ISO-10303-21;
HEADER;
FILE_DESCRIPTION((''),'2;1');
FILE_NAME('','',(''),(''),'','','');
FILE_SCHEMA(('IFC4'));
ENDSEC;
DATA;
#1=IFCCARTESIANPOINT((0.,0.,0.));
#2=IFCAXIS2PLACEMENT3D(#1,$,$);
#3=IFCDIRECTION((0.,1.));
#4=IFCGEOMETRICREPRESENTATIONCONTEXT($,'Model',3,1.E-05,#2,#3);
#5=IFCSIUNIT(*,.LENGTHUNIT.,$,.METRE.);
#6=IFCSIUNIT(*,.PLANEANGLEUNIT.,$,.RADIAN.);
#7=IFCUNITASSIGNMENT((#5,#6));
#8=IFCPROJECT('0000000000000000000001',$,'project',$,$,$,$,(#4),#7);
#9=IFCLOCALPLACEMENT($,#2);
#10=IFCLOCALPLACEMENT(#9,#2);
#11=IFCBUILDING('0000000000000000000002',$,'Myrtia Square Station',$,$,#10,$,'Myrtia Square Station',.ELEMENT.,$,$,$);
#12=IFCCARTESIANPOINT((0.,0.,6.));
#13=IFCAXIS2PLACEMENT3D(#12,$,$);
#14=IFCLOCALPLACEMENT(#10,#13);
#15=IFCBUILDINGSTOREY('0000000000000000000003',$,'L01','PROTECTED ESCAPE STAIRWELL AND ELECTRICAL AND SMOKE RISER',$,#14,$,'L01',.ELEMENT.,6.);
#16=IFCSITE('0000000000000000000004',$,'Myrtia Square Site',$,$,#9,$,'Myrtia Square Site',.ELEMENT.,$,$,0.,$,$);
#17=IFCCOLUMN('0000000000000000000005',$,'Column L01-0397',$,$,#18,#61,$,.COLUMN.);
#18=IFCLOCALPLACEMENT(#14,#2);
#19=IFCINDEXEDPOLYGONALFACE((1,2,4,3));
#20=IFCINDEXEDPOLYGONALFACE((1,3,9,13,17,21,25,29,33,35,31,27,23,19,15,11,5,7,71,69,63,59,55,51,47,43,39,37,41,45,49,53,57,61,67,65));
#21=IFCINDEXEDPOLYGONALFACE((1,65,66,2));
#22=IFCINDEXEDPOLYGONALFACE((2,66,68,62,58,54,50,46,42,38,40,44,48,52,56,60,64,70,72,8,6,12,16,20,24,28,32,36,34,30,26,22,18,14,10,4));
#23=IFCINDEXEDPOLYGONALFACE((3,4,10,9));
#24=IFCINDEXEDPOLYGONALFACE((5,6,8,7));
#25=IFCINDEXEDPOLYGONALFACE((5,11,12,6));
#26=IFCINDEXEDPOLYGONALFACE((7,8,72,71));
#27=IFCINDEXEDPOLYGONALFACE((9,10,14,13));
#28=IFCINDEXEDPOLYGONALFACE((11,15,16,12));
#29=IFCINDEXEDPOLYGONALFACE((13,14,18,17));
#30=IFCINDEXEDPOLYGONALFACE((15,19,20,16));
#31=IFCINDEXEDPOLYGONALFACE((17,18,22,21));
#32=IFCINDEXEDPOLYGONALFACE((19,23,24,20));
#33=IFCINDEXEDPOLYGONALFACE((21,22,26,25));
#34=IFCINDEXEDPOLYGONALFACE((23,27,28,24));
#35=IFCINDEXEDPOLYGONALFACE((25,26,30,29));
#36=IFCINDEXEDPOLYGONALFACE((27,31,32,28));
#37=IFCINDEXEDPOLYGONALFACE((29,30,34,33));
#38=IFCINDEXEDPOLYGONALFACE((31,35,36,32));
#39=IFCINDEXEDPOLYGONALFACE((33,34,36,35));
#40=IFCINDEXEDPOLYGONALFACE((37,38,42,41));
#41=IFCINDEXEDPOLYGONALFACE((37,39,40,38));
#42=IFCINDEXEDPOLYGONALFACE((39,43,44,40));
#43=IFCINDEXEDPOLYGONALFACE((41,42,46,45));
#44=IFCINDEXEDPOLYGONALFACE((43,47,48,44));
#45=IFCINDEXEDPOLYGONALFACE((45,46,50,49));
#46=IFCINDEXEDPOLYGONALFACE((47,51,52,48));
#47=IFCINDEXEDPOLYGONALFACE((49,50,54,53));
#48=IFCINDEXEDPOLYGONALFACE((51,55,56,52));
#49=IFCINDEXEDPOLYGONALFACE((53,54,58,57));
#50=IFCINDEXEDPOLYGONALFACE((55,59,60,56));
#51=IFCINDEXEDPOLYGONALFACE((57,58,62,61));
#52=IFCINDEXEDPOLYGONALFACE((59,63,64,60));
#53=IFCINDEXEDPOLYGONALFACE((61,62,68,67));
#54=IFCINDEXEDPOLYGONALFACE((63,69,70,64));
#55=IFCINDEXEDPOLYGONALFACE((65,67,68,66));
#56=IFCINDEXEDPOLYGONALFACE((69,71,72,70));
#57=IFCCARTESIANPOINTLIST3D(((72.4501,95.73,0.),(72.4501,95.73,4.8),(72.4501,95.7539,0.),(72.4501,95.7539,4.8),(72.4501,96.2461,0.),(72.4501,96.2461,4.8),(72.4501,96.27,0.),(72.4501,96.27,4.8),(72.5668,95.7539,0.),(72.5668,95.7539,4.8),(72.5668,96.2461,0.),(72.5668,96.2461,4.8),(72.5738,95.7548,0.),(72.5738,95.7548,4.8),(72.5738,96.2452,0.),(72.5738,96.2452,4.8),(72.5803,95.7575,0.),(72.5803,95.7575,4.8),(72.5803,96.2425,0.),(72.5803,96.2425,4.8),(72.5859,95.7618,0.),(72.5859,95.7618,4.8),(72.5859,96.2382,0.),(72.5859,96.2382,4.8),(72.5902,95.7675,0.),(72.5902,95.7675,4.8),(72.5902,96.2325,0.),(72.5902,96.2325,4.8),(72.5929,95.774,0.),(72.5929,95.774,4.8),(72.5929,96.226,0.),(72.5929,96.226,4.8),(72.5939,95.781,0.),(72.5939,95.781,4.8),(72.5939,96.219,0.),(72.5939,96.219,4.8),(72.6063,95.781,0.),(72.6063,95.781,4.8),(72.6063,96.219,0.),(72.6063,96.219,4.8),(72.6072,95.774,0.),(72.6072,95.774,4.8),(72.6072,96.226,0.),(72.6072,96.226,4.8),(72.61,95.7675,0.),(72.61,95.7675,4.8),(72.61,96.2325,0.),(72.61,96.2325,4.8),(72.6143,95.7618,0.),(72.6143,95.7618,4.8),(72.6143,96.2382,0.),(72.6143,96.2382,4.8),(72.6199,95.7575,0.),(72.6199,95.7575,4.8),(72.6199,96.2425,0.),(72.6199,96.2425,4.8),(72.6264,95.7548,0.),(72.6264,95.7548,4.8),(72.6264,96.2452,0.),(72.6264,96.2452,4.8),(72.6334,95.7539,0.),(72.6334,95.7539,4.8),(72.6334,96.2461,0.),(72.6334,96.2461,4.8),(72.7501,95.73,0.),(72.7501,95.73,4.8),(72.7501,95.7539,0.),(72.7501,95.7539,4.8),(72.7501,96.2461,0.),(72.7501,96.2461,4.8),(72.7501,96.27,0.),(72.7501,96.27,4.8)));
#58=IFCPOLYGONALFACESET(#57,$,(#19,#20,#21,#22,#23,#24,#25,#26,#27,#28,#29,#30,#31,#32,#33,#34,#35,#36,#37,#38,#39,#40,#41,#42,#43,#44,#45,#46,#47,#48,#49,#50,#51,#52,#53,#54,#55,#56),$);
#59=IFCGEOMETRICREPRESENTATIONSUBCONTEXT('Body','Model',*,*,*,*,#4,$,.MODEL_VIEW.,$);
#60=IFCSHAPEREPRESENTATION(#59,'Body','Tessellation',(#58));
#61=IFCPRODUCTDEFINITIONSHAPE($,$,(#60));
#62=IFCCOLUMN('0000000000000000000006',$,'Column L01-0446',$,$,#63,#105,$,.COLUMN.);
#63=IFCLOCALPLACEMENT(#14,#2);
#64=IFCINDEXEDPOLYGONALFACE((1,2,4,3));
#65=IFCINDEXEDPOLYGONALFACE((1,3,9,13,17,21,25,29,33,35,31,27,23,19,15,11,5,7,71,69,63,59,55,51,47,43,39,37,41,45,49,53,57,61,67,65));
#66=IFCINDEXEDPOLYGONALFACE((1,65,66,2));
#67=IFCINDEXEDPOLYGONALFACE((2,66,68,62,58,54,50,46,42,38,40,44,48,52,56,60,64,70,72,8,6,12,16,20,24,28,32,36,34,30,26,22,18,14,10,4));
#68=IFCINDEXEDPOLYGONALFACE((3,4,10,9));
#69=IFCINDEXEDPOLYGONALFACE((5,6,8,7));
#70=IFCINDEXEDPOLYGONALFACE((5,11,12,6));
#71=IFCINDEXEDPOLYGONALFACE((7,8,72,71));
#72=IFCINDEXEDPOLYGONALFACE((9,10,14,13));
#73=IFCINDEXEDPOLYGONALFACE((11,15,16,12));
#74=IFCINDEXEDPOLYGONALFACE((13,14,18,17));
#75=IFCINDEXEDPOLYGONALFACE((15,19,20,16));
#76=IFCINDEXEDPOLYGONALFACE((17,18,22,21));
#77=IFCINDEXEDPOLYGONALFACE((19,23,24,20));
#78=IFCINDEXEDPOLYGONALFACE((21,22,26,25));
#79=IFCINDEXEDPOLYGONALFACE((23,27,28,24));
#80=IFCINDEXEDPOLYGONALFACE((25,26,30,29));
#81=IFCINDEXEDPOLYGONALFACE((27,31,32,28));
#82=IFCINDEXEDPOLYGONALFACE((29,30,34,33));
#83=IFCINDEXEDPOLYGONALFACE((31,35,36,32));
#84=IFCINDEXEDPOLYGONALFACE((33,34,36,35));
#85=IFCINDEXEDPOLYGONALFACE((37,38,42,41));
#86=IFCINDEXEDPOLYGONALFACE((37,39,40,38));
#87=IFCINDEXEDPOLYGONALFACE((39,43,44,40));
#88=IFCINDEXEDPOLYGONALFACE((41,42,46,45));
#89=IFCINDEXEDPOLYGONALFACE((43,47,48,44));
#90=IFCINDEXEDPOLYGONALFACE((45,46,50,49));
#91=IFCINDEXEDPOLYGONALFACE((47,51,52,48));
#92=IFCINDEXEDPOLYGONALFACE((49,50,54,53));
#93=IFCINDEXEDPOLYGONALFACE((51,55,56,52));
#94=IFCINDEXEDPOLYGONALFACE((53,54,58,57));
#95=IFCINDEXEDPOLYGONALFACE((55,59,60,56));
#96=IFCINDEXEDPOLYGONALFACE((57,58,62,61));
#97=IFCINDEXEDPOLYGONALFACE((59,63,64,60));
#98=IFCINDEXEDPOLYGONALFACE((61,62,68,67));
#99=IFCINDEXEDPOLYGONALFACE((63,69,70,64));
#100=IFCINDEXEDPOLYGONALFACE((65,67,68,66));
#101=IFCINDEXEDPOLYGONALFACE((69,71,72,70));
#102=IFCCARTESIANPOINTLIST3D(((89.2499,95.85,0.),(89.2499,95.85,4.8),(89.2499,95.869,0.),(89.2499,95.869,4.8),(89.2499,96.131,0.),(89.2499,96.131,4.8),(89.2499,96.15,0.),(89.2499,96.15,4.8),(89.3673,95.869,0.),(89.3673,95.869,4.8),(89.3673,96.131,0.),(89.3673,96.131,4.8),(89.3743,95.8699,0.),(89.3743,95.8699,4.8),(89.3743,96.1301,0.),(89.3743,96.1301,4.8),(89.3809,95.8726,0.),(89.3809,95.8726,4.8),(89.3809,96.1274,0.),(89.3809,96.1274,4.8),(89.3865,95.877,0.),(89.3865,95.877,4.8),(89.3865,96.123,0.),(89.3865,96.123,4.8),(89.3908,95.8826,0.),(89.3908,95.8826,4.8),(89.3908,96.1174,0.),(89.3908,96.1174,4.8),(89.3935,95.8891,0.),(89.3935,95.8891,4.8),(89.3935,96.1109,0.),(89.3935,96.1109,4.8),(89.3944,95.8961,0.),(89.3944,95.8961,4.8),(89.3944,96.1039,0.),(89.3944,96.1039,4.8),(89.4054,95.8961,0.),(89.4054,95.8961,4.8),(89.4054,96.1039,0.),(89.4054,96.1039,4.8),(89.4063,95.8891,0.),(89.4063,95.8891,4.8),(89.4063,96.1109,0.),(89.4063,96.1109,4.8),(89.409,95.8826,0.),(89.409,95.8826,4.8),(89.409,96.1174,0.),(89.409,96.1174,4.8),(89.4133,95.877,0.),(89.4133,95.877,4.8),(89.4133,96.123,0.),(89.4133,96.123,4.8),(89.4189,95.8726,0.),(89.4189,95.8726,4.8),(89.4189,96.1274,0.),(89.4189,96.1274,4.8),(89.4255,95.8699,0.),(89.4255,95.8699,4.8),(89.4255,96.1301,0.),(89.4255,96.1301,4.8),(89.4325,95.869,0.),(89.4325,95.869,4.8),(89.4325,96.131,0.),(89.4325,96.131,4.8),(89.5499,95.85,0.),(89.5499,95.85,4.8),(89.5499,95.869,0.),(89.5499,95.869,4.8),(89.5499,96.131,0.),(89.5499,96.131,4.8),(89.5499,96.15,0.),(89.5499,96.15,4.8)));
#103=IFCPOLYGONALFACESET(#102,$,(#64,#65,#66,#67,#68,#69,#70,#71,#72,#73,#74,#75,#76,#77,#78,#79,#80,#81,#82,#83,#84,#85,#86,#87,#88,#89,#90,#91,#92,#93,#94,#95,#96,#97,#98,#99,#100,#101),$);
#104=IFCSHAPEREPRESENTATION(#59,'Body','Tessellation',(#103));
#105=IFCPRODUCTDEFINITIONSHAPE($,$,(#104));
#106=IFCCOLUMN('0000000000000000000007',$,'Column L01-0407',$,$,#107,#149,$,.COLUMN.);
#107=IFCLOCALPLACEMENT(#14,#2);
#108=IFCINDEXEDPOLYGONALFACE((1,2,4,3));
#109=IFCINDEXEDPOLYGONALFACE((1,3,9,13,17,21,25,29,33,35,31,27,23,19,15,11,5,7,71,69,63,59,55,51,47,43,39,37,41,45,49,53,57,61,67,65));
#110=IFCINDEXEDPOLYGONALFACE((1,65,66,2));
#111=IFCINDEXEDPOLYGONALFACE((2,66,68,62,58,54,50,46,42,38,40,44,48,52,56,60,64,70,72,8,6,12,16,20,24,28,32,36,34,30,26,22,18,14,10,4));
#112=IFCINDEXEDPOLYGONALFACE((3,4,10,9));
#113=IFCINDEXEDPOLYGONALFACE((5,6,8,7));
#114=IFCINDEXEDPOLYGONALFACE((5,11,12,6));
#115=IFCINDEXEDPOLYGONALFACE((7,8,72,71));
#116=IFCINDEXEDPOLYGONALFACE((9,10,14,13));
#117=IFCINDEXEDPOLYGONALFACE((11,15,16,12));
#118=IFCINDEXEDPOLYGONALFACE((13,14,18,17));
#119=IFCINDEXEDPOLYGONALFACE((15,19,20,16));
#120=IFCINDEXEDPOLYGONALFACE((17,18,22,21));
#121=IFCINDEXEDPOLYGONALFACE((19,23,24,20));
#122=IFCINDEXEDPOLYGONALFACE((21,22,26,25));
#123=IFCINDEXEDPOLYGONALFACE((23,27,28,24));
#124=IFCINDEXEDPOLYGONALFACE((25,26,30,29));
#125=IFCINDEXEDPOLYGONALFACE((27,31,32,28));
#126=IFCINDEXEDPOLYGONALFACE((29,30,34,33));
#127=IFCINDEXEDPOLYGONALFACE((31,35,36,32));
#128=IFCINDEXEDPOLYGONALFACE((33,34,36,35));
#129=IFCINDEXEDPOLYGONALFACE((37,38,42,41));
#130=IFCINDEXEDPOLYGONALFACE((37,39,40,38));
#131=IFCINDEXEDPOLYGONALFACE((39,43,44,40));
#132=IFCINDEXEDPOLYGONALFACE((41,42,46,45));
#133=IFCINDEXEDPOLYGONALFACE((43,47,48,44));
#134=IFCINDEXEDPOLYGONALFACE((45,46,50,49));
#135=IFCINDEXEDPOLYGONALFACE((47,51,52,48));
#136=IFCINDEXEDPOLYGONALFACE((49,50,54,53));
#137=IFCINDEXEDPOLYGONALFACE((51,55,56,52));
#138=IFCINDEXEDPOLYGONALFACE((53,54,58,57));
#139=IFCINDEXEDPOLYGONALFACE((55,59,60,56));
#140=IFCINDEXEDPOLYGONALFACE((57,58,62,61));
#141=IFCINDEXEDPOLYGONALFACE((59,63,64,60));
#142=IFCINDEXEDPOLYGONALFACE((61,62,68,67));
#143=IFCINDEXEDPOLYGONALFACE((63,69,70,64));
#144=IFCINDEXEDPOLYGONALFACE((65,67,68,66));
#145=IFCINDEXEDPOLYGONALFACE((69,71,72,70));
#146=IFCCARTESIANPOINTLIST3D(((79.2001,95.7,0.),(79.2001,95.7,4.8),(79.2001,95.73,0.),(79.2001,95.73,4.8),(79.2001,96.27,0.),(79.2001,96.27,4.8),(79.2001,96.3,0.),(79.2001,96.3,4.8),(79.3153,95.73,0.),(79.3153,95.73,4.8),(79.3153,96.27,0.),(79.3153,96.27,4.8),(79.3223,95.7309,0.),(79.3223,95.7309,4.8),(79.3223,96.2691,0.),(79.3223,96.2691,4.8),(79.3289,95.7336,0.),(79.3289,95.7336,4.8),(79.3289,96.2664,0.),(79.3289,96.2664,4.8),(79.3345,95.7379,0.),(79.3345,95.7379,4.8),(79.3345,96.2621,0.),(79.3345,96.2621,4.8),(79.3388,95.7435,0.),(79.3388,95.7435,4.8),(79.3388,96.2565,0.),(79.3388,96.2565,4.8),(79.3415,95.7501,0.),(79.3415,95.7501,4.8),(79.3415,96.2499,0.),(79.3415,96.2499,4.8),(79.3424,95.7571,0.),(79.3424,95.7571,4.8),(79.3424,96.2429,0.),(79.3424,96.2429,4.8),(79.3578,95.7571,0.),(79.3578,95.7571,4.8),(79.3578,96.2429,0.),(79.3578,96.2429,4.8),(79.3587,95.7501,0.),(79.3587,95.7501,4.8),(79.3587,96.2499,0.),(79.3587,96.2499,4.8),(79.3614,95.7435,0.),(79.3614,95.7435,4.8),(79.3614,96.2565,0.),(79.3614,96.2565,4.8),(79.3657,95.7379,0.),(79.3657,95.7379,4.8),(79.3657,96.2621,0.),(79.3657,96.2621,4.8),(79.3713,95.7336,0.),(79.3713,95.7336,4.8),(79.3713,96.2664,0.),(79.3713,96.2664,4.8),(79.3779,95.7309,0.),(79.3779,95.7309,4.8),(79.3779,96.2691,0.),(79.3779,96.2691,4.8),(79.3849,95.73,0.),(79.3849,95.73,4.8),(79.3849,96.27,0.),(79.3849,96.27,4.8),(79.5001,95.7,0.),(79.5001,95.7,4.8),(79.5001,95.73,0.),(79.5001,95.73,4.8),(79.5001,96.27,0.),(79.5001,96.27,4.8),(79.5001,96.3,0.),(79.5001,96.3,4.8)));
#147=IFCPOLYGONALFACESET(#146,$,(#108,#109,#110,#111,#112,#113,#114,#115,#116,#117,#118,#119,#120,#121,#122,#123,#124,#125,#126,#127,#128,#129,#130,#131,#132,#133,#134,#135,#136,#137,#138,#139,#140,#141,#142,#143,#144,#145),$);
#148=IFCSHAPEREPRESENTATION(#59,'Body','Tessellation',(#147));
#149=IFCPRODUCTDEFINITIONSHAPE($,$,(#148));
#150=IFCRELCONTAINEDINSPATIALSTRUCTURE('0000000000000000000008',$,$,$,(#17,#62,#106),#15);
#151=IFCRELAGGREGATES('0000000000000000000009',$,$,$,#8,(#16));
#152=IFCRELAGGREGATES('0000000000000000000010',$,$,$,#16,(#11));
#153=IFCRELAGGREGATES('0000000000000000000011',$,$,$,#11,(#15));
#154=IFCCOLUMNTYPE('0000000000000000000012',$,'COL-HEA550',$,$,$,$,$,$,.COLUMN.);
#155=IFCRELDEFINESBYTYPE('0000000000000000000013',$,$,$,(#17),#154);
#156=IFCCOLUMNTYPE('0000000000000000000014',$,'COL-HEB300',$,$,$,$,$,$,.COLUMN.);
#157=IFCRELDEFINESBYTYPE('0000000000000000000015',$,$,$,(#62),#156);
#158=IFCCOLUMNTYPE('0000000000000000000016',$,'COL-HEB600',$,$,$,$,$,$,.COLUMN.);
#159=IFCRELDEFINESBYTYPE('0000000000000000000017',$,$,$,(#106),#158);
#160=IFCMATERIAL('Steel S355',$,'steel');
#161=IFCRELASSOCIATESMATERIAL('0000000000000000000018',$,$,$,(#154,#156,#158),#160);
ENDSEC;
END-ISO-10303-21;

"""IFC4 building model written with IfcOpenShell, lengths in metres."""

from ifc_helpers import new_model, si_unit, direction, frame, origin, origin_2d, place, context, subcontext, project, spatial, i_section, extrude, material, material_profile, profile_set, type_object, element, save


model = new_model("IFC4")

# Units and contexts
model_context = context("Model", 3, precision=1e-05, world=origin(), true_north=direction((0.0, 1.0)))
body_context = subcontext(model_context, "Body", "Model", "MODEL_VIEW")
ifc_project = project(units=[si_unit("LENGTHUNIT", "METRE"), si_unit("PLANEANGLEUNIT", "RADIAN")], contexts=[model_context])

# Site, building, storey
site_placement = place(None, origin())
site = spatial("IfcSite", under=ifc_project, at=site_placement, Name="Myrtia Square Site", LongName="Myrtia Square Site", CompositionType="ELEMENT", RefElevation=0.0)
building_placement = place(site_placement, origin())
building = spatial("IfcBuilding", under=site, at=building_placement, Name="Myrtia Square Station", LongName="Myrtia Square Station", CompositionType="ELEMENT")
storey_placement = place(building_placement, frame((0.0, 0.0, 6.0)))
storey = spatial("IfcBuildingStorey", under=building, at=storey_placement, Name="L01", Description="PROTECTED ESCAPE STAIRWELL AND ELECTRICAL AND SMOKE RISER", LongName="L01", CompositionType="ELEMENT", Elevation=6.0)

# Columns
ifc_material_1 = material(Name="Steel S355", Category="steel")
ifc_material_profile_1 = material_profile(ifc_material_1, i_section(OverallWidth=0.3, OverallDepth=0.54, WebThickness=0.0125, FlangeThickness=0.0239, FilletRadius=0.0271, at=origin_2d()), Name="HEA 550")
ifc_profile_set_1 = profile_set([ifc_material_profile_1], Name="Steel S355")
column_type_1 = type_object("IfcColumnType", Name="COL-HEA550", PredefinedType="COLUMN", material=ifc_profile_set_1)
column_1_placement = place(storey_placement, frame((72.6001, 96.0, 0.0), z_axis=(0.0, 0.0, 1.0), x_axis=(1.0, 0.0, 0.0)))
element("IfcColumn", 1, at=column_1_placement, inside=storey, type_object=column_type_1, Name="Column L01-0397", PredefinedType="COLUMN", context=body_context, shape_type="SweptSolid", body=[
    extrude(i_section(OverallWidth=0.3, OverallDepth=0.54, WebThickness=0.0125, FlangeThickness=0.0239, FilletRadius=0.0271, at=origin_2d()), origin(), (0.0, 0.0, 1.0), 4.8),
])
ifc_material_profile_2 = material_profile(ifc_material_1, i_section(OverallWidth=0.3, OverallDepth=0.3, WebThickness=0.011, FlangeThickness=0.019, FilletRadius=0.0271, at=origin_2d()), Name="HEB 300")
ifc_profile_set_2 = profile_set([ifc_material_profile_2], Name="Steel S355")
column_type_2 = type_object("IfcColumnType", Name="COL-HEB300", PredefinedType="COLUMN", material=ifc_profile_set_2)
column_2_placement = place(storey_placement, frame((89.3999, 96.0, 0.0), z_axis=(0.0, 0.0, 1.0), x_axis=(1.0, 0.0, 0.0)))
element("IfcColumn", 2, at=column_2_placement, inside=storey, type_object=column_type_2, Name="Column L01-0446", PredefinedType="COLUMN", context=body_context, shape_type="SweptSolid", body=[
    extrude(i_section(OverallWidth=0.3, OverallDepth=0.3, WebThickness=0.011, FlangeThickness=0.019, FilletRadius=0.0271, at=origin_2d()), origin(), (0.0, 0.0, 1.0), 4.8),
])
ifc_material_profile_3 = material_profile(ifc_material_1, i_section(OverallWidth=0.3, OverallDepth=0.6001, WebThickness=0.0154, FlangeThickness=0.03, FilletRadius=0.0271, at=origin_2d()), Name="HEB 600")
ifc_profile_set_3 = profile_set([ifc_material_profile_3], Name="Steel S355")
column_type_3 = type_object("IfcColumnType", Name="COL-HEB600", PredefinedType="COLUMN", material=ifc_profile_set_3)
column_3_placement = place(storey_placement, frame((79.3501, 96.0, 0.0), z_axis=(0.0, 0.0, 1.0), x_axis=(1.0, 0.0, 0.0)))
element("IfcColumn", 3, at=column_3_placement, inside=storey, type_object=column_type_3, Name="Column L01-0407", PredefinedType="COLUMN", context=body_context, shape_type="SweptSolid", body=[
    extrude(i_section(OverallWidth=0.3, OverallDepth=0.6001, WebThickness=0.0154, FlangeThickness=0.03, FilletRadius=0.0271, at=origin_2d()), origin(), (0.0, 0.0, 1.0), 4.8),
])

save(model, "model.ifc")
